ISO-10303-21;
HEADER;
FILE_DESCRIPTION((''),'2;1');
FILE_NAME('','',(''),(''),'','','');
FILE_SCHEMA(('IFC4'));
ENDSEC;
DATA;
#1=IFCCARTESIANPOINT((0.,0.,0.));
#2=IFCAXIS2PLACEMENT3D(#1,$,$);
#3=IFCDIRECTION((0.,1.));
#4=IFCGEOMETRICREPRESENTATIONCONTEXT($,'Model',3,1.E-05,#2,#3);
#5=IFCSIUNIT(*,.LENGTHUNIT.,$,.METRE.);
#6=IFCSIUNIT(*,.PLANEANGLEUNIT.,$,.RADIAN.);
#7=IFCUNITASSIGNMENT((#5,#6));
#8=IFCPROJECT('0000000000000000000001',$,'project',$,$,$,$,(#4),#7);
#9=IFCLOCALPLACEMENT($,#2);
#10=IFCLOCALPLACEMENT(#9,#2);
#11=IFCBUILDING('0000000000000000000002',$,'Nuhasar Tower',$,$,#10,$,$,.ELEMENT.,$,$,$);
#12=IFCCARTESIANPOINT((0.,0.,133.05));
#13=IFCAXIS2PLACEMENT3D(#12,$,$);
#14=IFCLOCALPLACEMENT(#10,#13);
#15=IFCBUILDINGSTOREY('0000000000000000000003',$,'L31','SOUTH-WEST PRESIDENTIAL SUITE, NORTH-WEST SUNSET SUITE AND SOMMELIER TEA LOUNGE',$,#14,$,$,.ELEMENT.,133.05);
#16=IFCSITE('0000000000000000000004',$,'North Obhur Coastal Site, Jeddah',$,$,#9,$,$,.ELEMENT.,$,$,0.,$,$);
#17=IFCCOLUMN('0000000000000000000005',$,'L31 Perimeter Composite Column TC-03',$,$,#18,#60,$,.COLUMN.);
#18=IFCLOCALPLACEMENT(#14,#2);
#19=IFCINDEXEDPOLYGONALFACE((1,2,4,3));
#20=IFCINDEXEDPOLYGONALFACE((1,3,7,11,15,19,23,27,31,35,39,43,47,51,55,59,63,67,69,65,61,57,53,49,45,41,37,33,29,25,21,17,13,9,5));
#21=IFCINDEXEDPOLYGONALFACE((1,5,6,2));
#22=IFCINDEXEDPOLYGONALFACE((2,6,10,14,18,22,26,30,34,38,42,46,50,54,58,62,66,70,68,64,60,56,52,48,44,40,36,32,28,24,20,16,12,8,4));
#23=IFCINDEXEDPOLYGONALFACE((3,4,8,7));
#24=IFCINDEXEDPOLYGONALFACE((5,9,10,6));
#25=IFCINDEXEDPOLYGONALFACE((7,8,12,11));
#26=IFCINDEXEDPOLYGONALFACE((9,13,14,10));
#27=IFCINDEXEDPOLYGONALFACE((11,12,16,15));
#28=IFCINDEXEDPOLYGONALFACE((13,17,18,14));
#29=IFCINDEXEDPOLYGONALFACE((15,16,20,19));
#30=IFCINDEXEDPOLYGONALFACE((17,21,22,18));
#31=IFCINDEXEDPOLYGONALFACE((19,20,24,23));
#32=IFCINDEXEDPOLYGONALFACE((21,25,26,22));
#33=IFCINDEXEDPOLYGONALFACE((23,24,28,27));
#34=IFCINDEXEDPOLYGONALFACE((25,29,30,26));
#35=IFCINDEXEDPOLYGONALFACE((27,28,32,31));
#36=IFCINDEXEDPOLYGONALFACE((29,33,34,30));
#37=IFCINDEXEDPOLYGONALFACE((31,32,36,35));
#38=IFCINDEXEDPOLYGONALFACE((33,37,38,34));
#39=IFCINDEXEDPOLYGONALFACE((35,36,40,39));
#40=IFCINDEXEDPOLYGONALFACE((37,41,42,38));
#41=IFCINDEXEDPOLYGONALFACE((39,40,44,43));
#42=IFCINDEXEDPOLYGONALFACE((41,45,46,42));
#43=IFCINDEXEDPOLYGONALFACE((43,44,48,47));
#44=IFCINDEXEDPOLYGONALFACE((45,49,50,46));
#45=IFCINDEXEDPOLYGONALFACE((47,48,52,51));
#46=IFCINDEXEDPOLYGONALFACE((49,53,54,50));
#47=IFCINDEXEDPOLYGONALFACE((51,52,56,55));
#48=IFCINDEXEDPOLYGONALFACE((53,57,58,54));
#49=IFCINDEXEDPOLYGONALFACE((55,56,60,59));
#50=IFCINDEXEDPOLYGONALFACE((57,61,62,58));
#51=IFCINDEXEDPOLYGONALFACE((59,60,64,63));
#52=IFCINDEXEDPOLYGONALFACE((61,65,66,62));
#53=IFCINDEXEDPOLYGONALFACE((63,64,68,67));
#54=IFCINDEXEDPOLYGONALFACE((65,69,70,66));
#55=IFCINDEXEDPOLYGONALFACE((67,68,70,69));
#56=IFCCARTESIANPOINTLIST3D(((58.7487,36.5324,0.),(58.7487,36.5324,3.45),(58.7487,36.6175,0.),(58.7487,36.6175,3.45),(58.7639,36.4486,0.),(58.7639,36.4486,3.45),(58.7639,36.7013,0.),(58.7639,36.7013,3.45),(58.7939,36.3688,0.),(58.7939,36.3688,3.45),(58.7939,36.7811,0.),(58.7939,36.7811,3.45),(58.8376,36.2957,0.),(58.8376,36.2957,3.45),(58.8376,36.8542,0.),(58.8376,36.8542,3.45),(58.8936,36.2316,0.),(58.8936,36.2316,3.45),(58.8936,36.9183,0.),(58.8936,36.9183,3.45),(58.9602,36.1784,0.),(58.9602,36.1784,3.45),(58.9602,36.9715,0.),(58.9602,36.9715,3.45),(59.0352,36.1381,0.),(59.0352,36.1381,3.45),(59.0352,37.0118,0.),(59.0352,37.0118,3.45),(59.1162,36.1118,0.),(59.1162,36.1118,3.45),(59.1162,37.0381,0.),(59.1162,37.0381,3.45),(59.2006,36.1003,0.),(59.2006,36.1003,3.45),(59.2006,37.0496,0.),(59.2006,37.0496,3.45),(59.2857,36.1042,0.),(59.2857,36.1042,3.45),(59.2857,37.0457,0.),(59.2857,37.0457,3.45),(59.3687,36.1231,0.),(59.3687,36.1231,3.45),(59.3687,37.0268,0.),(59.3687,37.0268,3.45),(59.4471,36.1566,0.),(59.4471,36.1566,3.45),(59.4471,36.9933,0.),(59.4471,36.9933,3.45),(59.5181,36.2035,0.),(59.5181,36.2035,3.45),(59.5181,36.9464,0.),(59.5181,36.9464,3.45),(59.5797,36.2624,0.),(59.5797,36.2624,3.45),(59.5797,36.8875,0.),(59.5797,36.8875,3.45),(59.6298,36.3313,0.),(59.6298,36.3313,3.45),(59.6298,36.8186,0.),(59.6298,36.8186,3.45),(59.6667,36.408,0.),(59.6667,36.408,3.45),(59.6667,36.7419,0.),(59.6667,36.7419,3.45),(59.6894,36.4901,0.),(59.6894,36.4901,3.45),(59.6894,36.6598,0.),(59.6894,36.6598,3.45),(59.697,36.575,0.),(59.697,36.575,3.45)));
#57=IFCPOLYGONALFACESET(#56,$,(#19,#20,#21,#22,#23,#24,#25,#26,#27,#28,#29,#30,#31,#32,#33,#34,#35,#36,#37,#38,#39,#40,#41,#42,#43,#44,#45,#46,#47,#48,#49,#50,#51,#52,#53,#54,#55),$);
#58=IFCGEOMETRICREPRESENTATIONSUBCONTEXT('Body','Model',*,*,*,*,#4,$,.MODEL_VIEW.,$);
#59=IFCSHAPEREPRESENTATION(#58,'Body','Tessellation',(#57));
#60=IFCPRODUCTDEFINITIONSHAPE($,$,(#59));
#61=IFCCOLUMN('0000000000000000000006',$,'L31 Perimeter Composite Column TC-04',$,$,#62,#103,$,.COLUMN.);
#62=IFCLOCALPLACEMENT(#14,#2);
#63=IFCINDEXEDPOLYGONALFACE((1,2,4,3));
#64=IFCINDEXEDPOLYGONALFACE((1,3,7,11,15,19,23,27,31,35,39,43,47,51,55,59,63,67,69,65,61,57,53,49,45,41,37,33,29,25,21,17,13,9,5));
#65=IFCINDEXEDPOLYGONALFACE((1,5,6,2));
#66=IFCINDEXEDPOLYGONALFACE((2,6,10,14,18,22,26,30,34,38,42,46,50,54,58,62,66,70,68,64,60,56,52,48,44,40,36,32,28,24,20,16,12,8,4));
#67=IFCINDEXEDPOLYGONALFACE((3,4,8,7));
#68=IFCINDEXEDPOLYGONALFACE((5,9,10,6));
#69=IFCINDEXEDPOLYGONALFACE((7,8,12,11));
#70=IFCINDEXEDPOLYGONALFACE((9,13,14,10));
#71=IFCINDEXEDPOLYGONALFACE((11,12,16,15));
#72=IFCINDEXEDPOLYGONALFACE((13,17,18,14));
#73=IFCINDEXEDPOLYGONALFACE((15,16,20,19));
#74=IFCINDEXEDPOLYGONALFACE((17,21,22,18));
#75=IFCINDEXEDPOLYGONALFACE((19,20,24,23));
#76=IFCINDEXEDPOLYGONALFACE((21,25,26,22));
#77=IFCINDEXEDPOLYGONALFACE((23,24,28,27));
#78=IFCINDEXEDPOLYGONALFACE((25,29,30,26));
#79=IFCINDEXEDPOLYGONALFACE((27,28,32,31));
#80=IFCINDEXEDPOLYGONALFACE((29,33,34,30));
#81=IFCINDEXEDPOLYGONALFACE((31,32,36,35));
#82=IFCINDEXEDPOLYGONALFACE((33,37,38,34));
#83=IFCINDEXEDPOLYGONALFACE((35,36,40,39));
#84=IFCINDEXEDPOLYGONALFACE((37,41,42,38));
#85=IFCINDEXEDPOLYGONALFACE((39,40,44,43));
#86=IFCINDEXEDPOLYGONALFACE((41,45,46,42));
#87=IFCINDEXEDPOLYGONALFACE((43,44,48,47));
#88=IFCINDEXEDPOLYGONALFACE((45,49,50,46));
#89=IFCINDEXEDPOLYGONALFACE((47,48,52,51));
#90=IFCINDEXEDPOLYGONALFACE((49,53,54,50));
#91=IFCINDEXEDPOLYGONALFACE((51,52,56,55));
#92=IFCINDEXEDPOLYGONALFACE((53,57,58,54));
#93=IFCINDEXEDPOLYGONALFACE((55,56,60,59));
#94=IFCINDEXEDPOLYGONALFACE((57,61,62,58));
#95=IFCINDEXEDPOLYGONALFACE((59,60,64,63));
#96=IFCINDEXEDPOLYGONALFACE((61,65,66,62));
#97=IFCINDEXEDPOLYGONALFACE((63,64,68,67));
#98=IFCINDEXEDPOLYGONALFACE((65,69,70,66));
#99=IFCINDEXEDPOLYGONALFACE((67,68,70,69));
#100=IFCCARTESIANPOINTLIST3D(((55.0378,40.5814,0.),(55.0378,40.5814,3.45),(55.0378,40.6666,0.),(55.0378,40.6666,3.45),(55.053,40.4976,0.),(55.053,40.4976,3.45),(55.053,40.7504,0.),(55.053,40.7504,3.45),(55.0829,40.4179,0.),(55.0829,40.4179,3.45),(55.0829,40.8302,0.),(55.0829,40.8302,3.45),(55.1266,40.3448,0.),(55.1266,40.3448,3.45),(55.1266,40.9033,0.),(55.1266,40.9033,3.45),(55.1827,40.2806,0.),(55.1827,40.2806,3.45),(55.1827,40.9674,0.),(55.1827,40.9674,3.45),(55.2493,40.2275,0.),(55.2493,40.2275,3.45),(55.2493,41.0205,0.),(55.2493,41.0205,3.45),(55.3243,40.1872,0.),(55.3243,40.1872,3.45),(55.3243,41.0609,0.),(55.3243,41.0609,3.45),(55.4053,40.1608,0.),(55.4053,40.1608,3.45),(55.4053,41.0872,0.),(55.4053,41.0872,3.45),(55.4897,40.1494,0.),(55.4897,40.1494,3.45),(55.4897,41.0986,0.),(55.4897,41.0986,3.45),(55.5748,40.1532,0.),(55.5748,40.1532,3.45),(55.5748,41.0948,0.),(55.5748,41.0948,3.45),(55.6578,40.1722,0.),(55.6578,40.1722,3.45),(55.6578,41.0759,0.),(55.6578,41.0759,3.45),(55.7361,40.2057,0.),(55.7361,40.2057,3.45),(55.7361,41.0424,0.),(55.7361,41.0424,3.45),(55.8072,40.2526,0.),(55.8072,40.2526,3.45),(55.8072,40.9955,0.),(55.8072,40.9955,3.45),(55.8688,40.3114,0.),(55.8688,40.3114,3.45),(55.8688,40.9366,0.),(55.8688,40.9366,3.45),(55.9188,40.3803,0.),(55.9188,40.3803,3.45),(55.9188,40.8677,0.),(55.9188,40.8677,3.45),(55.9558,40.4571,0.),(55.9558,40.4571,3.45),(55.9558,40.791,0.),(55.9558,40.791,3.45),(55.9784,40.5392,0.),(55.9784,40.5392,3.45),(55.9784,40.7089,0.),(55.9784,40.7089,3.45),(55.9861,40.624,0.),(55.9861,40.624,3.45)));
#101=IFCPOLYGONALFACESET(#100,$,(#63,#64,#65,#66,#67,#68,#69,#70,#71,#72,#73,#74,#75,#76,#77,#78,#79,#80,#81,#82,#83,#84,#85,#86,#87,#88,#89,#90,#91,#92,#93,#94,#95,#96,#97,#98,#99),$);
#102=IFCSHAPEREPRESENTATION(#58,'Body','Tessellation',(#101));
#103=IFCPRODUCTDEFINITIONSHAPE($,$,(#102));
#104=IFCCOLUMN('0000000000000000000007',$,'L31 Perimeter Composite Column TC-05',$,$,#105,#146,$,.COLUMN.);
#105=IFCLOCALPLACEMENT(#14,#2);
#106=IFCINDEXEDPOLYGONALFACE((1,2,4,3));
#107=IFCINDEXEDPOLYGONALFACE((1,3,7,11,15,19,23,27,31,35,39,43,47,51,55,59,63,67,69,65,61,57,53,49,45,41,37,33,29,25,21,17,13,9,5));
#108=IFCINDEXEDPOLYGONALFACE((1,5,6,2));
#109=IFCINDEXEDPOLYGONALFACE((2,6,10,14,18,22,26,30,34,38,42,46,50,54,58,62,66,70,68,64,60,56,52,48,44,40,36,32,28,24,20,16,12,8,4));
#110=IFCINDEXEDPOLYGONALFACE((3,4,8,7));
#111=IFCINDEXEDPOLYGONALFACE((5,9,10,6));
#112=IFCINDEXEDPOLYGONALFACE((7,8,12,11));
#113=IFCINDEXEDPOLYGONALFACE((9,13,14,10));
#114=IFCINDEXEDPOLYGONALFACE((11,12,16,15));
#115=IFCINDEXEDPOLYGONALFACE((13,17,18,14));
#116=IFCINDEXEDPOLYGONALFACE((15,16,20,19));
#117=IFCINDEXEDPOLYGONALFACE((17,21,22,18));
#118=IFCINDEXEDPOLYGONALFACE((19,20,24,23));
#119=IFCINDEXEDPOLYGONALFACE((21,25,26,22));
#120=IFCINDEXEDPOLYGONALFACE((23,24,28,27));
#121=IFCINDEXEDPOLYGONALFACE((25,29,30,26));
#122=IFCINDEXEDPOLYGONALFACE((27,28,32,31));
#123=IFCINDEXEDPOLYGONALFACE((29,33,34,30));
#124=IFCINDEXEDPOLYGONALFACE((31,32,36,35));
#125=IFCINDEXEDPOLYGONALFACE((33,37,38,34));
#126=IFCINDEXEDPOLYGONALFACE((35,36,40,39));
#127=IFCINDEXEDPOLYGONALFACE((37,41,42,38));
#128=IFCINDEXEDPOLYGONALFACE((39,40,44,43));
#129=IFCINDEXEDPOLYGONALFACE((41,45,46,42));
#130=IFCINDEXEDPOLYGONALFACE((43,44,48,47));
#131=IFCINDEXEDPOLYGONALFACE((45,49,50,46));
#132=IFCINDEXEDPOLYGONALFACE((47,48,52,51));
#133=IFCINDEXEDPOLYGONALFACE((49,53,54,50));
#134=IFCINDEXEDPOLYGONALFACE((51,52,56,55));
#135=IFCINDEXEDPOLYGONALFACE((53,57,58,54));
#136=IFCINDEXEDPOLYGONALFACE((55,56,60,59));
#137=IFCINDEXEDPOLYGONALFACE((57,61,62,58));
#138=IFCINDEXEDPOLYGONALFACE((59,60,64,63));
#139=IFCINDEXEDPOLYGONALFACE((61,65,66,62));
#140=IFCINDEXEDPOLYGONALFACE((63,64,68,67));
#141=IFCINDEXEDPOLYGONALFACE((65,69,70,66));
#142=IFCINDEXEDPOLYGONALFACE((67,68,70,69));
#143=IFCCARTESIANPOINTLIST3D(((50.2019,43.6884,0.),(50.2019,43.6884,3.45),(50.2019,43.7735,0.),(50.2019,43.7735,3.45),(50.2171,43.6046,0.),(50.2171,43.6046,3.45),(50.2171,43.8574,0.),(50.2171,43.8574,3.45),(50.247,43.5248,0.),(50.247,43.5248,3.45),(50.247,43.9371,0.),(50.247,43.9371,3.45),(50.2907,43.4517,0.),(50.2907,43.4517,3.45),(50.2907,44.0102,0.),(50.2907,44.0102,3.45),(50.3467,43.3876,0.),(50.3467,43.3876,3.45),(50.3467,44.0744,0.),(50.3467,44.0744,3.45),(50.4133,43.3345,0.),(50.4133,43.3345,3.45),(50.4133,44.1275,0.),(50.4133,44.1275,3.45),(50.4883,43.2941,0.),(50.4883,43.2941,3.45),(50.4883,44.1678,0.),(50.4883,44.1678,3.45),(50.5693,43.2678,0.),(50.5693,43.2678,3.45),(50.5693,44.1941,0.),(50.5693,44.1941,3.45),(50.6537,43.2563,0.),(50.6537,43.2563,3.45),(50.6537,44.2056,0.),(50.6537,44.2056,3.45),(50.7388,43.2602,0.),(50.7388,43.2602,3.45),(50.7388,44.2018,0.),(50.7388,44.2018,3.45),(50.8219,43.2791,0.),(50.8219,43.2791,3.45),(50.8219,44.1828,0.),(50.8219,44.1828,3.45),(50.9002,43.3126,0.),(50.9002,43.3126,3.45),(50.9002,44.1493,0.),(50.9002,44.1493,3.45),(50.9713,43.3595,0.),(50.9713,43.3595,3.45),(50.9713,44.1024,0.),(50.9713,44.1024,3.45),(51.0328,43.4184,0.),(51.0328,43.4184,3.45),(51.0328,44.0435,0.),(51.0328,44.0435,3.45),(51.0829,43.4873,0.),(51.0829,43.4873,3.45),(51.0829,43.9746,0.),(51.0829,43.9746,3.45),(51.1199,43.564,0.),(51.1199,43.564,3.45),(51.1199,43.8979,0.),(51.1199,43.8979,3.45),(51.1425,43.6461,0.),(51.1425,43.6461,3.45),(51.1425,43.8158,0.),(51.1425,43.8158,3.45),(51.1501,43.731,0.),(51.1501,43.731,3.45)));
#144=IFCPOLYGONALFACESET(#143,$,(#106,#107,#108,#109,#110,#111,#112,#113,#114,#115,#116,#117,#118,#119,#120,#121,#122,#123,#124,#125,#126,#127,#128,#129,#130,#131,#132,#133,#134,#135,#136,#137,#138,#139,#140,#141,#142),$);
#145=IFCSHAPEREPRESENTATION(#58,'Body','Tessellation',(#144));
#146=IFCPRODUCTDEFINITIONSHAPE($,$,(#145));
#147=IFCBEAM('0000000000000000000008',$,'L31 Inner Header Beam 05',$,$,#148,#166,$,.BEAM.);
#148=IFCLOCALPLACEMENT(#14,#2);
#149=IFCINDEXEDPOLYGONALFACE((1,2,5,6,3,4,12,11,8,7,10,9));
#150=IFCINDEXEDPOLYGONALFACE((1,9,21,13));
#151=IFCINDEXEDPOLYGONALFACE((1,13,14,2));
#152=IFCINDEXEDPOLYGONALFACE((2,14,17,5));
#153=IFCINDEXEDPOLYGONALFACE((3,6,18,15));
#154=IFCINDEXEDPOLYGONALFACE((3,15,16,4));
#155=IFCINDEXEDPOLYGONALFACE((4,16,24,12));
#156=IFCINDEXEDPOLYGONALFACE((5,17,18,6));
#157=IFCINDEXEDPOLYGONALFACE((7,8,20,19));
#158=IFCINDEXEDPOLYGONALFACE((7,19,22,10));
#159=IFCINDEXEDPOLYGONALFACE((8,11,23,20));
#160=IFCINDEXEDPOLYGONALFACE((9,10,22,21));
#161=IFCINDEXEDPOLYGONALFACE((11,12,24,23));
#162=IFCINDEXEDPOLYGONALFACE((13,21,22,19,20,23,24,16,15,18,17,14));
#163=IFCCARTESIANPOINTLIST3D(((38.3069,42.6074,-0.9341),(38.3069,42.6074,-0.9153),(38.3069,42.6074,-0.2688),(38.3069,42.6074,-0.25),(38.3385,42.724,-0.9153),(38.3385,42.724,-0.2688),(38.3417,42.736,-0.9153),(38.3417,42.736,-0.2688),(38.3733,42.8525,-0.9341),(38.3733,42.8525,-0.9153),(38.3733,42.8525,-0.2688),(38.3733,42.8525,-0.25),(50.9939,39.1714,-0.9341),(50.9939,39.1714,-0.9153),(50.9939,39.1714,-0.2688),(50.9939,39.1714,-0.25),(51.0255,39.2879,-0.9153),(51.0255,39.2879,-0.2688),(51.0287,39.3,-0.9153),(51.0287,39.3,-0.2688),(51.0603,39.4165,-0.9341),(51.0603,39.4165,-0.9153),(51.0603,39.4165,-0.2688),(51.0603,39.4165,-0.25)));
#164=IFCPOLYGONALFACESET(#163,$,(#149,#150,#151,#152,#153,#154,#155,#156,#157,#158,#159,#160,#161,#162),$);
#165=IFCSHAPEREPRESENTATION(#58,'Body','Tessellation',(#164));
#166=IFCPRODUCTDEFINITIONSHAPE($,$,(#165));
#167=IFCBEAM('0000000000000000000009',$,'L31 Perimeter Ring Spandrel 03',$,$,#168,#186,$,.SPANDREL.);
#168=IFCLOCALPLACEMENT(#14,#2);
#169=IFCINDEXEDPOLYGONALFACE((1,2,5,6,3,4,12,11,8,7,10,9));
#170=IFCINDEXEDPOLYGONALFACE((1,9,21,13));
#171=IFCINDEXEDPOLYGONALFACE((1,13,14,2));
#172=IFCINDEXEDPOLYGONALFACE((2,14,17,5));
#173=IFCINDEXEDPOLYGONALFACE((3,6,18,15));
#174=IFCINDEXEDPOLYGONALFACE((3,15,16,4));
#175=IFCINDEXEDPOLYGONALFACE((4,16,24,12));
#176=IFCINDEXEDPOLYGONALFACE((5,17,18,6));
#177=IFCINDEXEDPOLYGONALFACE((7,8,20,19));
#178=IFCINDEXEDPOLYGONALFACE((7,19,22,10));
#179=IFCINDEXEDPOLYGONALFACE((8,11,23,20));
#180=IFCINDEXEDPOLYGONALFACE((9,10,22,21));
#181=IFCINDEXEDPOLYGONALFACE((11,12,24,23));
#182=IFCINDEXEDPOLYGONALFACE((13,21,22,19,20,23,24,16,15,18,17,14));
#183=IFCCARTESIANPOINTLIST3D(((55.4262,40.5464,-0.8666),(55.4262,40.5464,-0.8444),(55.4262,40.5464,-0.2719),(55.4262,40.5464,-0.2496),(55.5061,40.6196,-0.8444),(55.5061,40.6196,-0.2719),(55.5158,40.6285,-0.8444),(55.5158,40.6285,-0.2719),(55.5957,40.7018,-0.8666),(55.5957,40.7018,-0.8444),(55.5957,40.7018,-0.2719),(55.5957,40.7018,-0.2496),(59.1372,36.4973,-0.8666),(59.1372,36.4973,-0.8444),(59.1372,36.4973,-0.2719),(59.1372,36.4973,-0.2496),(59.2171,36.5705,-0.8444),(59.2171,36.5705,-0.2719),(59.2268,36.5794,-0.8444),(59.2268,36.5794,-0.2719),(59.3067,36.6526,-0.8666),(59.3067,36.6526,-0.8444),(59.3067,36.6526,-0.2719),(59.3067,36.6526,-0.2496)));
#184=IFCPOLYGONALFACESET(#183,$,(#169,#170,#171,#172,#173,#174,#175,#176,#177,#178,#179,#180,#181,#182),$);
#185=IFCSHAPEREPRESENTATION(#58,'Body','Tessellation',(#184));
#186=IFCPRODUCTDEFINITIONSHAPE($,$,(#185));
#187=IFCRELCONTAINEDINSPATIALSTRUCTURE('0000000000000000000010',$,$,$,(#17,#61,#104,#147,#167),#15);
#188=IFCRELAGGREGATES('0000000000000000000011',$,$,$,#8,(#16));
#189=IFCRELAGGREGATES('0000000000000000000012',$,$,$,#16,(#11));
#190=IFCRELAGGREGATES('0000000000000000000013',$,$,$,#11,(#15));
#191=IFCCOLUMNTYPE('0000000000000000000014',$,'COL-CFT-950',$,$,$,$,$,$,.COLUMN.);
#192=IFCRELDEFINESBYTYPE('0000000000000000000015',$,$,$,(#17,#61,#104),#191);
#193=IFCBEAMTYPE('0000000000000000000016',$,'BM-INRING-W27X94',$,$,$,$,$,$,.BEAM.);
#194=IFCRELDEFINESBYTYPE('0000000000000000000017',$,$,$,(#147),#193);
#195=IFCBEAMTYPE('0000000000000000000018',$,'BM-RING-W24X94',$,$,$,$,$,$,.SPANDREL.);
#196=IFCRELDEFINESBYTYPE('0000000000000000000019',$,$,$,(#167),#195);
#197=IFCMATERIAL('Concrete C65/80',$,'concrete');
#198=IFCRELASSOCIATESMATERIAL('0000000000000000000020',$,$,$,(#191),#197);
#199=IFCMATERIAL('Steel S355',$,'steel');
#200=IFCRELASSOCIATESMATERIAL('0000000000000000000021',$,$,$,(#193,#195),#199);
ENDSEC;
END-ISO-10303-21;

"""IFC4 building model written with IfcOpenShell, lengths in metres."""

from ifc_helpers import new_model, si_unit, direction, frame, origin, origin_2d, place, context, subcontext, project, spatial, circle, i_section, extrude, material, material_profile, profile_set, type_object, element, save


model = new_model("IFC4")

# Units and contexts
model_context = context("Model", 3, precision=1e-05, world=origin(), true_north=direction((0.0, 1.0)))
body_context = subcontext(model_context, "Body", "Model", "MODEL_VIEW")
ifc_project = project(units=[si_unit("LENGTHUNIT", "METRE"), si_unit("PLANEANGLEUNIT", "RADIAN")], contexts=[model_context])

# Site, building, storey
site_placement = place(None, origin())
site = spatial("IfcSite", under=ifc_project, at=site_placement, Name="North Obhur Coastal Site, Jeddah", CompositionType="ELEMENT", RefElevation=0.0)
building_placement = place(site_placement, origin())
building = spatial("IfcBuilding", under=site, at=building_placement, Name="Nuhasar Tower", CompositionType="ELEMENT")
storey_placement = place(building_placement, frame((0.0, 0.0, 133.05)))
storey = spatial("IfcBuildingStorey", under=building, at=storey_placement, Name="L31", Description="SOUTH-WEST PRESIDENTIAL SUITE, NORTH-WEST SUNSET SUITE AND SOMMELIER TEA LOUNGE", CompositionType="ELEMENT", Elevation=133.05)

# Columns
ifc_material_1 = material(Name="Concrete C65/80", Category="concrete")
ifc_material_profile_1 = material_profile(ifc_material_1, circle(Radius=0.4751, at=origin_2d()), Name="CFT950")
ifc_profile_set_1 = profile_set([ifc_material_profile_1], Name="Concrete C65/80")
column_type = type_object("IfcColumnType", Name="COL-CFT-950", PredefinedType="COLUMN", material=ifc_profile_set_1)
for number, where, z_axis, x_axis, name in (
    (1, (59.2219, 36.575, 0.0), (0.0, 0.0, 1.0), (1.0, 0.0, 0.0), "L31 Perimeter Composite Column TC-03"),
    (2, (55.511, 40.624, 0.0), (0.0, 0.0, 1.0), (1.0, 0.0, 0.0), "L31 Perimeter Composite Column TC-04"),
    (3, (50.675, 43.731, 0.0), (0.0, 0.0, 1.0), (1.0, 0.0, 0.0), "L31 Perimeter Composite Column TC-05"),
):
    element("IfcColumn", number, at=place(storey_placement, frame(where, z_axis=z_axis, x_axis=x_axis)), inside=storey, type_object=column_type, Name=name, PredefinedType="COLUMN", context=body_context, shape_type="SweptSolid", body=[
        extrude(circle(Radius=0.4751, at=origin_2d()), origin(), (0.0, 0.0, 1.0), 3.45),
    ])

# Beams
ifc_material_2 = material(Name="Steel S355", Category="steel")
ifc_material_profile_2 = material_profile(ifc_material_2, i_section(OverallWidth=0.2539, OverallDepth=0.6841, WebThickness=0.0125, FlangeThickness=0.0188, at=origin_2d()), Name="W27X94")
ifc_profile_set_2 = profile_set([ifc_material_profile_2], Name="Steel S355")
beam_type_1 = type_object("IfcBeamType", Name="BM-INRING-W27X94", PredefinedType="BEAM", material=ifc_profile_set_2)
beam_1_placement = place(storey_placement, frame((51.0271, 39.2939, -0.592), z_axis=(-0.965227, 0.261413, 0.0), x_axis=(-0.261413, -0.965227, 0.0)))
element("IfcBeam", 4, at=beam_1_placement, inside=storey, type_object=beam_type_1, Name="L31 Inner Header Beam 05", PredefinedType="BEAM", context=body_context, shape_type="SweptSolid", body=[
    extrude(i_section(OverallWidth=0.2539, OverallDepth=0.6841, WebThickness=0.0125, FlangeThickness=0.0188, at=origin_2d()), origin(), (0.0, 0.0, 1.0), 13.144),
])
ifc_material_profile_3 = material_profile(ifc_material_2, i_section(OverallWidth=0.23, OverallDepth=0.6169, WebThickness=0.0132, FlangeThickness=0.0222, at=origin_2d()), Name="W24X94")
ifc_profile_set_3 = profile_set([ifc_material_profile_3], Name="Steel S355")
beam_type_2 = type_object("IfcBeamType", Name="BM-RING-W24X94", PredefinedType="SPANDREL", material=ifc_profile_set_3)
beam_2_placement = place(storey_placement, frame((59.2219, 36.575, -0.5581), z_axis=(-0.675654, 0.737219, 0.0), x_axis=(-0.737219, -0.675654, 0.0)))
element("IfcBeam", 5, at=beam_2_placement, inside=storey, type_object=beam_type_2, Name="L31 Perimeter Ring Spandrel 03", PredefinedType="SPANDREL", context=body_context, shape_type="SweptSolid", body=[
    extrude(i_section(OverallWidth=0.23, OverallDepth=0.6169, WebThickness=0.0132, FlangeThickness=0.0222, at=origin_2d()), origin(), (0.0, 0.0, 1.0), 5.4924),
])

save(model, "model.ifc")
